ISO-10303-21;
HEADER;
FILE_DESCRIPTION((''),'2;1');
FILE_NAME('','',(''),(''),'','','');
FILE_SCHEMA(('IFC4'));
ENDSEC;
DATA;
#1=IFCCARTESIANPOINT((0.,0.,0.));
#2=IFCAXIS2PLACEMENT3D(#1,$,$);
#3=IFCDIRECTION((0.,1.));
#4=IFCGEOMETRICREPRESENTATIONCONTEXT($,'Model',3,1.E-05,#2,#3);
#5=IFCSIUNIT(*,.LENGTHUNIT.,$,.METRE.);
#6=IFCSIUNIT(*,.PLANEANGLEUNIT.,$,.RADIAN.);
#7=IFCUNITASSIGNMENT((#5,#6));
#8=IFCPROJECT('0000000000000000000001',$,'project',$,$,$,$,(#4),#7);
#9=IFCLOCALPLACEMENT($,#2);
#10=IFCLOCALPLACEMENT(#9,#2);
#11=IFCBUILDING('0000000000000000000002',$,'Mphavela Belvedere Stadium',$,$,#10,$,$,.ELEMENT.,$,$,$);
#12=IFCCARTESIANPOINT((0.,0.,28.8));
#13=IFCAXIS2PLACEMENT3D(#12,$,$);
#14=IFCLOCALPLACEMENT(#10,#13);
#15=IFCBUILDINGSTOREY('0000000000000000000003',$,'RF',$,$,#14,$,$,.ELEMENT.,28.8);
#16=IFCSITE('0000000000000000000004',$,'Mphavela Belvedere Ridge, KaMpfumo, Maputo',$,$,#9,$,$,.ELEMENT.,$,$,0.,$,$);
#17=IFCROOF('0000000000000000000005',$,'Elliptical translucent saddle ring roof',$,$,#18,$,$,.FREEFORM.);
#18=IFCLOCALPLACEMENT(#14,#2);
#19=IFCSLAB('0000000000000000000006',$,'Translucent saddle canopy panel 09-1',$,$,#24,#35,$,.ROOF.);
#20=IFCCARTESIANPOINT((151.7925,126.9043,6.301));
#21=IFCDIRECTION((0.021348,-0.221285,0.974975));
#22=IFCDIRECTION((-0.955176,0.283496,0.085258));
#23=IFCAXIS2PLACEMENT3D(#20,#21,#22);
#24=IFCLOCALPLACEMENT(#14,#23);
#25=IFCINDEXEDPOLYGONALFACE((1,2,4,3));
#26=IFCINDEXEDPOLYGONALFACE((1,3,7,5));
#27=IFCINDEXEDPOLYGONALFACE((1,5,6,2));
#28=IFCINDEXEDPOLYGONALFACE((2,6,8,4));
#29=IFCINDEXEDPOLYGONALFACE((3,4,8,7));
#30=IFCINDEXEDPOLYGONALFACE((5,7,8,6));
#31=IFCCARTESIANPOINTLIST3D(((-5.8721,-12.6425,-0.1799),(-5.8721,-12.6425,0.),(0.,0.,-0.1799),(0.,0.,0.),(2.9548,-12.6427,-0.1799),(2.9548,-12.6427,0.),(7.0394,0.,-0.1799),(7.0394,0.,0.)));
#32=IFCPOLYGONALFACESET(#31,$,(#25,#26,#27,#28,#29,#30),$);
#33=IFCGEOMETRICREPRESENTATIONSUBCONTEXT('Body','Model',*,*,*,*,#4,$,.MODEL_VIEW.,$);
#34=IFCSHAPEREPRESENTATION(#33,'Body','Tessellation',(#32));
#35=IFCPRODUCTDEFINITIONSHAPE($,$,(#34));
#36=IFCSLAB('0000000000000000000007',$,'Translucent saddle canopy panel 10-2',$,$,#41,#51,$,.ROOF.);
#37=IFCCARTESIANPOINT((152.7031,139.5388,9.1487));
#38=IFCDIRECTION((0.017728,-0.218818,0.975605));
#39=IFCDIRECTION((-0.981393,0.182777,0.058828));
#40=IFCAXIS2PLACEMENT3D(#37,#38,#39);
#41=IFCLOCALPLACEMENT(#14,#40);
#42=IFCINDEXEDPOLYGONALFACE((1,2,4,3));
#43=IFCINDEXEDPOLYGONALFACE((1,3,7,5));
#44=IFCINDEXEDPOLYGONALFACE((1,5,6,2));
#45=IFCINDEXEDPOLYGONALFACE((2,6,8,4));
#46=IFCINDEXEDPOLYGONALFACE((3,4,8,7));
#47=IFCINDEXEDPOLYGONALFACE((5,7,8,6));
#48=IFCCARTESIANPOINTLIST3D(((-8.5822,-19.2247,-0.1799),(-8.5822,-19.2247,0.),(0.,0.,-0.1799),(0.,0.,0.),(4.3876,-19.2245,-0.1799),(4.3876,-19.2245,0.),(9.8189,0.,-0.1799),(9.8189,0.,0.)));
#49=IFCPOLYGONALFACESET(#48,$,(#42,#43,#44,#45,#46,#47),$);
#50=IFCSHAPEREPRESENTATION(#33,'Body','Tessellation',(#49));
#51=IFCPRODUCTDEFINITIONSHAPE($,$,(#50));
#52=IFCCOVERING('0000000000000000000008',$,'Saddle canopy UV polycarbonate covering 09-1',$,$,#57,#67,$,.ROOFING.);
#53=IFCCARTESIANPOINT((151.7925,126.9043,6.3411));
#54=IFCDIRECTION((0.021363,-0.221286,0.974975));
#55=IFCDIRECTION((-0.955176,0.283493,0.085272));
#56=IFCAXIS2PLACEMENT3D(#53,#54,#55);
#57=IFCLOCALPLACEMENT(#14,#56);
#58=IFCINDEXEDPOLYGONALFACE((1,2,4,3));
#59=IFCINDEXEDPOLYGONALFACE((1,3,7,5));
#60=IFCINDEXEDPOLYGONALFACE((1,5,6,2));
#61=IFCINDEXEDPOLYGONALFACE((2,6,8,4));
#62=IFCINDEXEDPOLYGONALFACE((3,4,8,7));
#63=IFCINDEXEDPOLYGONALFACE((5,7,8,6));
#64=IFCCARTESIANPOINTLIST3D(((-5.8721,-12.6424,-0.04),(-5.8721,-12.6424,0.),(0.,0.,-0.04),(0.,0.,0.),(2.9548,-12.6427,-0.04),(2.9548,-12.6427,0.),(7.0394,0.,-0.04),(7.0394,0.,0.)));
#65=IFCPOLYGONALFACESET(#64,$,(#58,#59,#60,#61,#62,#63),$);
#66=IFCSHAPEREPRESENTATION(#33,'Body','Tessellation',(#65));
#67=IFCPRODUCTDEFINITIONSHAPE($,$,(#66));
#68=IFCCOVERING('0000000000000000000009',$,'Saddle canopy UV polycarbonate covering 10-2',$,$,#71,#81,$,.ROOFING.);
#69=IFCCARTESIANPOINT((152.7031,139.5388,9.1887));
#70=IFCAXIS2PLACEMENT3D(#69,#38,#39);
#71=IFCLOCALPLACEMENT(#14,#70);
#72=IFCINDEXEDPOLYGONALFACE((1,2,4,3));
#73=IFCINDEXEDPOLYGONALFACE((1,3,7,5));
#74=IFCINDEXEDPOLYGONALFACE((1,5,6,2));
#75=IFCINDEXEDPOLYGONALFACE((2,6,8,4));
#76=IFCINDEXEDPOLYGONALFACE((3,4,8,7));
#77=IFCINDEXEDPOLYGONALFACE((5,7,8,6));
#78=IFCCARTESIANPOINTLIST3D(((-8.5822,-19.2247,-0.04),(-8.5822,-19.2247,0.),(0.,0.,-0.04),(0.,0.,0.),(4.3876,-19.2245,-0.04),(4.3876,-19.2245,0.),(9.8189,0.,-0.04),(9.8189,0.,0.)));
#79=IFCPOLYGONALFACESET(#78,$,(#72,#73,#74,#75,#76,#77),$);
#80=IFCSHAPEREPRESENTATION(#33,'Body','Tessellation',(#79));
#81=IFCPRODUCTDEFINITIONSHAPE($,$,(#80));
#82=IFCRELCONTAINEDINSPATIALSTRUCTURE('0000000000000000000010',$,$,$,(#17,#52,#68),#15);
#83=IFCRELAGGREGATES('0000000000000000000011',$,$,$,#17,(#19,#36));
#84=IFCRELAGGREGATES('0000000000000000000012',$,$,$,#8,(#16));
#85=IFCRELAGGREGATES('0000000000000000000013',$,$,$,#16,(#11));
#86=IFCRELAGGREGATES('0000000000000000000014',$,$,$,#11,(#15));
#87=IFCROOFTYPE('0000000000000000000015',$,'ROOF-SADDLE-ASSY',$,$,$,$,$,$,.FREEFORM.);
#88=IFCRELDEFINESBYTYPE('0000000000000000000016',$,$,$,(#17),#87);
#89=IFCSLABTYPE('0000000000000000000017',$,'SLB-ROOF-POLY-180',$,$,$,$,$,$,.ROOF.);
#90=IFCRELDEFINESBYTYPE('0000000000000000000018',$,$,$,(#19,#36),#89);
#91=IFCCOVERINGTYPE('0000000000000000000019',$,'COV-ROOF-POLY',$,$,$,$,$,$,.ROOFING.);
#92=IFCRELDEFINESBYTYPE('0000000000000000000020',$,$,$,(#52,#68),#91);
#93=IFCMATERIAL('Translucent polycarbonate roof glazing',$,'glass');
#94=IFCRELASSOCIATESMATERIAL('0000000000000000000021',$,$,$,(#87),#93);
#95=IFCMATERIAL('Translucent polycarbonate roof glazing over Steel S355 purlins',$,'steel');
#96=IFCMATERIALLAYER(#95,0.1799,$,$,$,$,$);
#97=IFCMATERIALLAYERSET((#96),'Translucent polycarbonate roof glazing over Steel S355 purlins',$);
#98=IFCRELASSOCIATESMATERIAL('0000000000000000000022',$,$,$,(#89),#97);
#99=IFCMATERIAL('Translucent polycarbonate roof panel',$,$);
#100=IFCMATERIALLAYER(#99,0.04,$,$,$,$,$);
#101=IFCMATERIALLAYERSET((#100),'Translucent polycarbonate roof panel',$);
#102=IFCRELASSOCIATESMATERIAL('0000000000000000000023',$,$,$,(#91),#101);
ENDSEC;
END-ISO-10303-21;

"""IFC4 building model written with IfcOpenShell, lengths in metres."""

from ifc_helpers import new_model, si_unit, direction, frame, origin, place, context, subcontext, project, spatial, polyline, outline, extrude, material, layer, layer_set, type_object, element, aggregate, save


model = new_model("IFC4")

# Units and contexts
model_context = context("Model", 3, precision=1e-05, world=origin(), true_north=direction((0.0, 1.0)))
body_context = subcontext(model_context, "Body", "Model", "MODEL_VIEW")
ifc_project = project(units=[si_unit("LENGTHUNIT", "METRE"), si_unit("PLANEANGLEUNIT", "RADIAN")], contexts=[model_context])

# Site, building, storey
site_placement = place(None, origin())
site = spatial("IfcSite", under=ifc_project, at=site_placement, Name="Mphavela Belvedere Ridge, KaMpfumo, Maputo", CompositionType="ELEMENT", RefElevation=0.0)
building_placement = place(site_placement, origin())
building = spatial("IfcBuilding", under=site, at=building_placement, Name="Mphavela Belvedere Stadium", CompositionType="ELEMENT")
storey_placement = place(building_placement, frame((0.0, 0.0, 28.8)))
storey = spatial("IfcBuildingStorey", under=building, at=storey_placement, Name="RF", CompositionType="ELEMENT", Elevation=28.8)

# Roof, slabs
ifc_material_1 = material(Name="Translucent polycarbonate roof glazing", Category="glass")
roof_type = type_object("IfcRoofType", Name="ROOF-SADDLE-ASSY", PredefinedType="FREEFORM", material=ifc_material_1)
roof_placement = place(storey_placement, origin())
roof = element("IfcRoof", 1, at=roof_placement, inside=storey, type_object=roof_type, Name="Elliptical translucent saddle ring roof", PredefinedType="FREEFORM")
ifc_material_2 = material(Name="Translucent polycarbonate roof glazing over Steel S355 purlins", Category="steel")
ifc_layer_1 = layer(ifc_material_2, 0.1799)
ifc_layer_set_1 = layer_set([ifc_layer_1], Name="Translucent polycarbonate roof glazing over Steel S355 purlins")
slab_type = type_object("IfcSlabType", Name="SLB-ROOF-POLY-180", PredefinedType="ROOF", material=ifc_layer_set_1)
slab_1_placement = place(storey_placement, frame((151.7925, 126.9043, 6.301), z_axis=(0.021348, -0.221285, 0.974975), x_axis=(-0.955176, 0.283496, 0.085258)))
slab_1 = element("IfcSlab", 2, at=slab_1_placement, type_object=slab_type, Name="Translucent saddle canopy panel 09-1", PredefinedType="ROOF", context=body_context, shape_type="SweptSolid", body=[
    extrude(outline(polyline([(0.0, 0.0), (7.0394, 0.0), (2.9548, -12.6427), (-5.8721, -12.6425), (0.0, 0.0)])), origin(), (0.0, 0.0, -1.0), 0.1799),
])
slab_2_placement = place(storey_placement, frame((152.7031, 139.5388, 9.1487), z_axis=(0.017728, -0.218818, 0.975605), x_axis=(-0.981393, 0.182777, 0.058828)))
slab_2 = element("IfcSlab", 3, at=slab_2_placement, type_object=slab_type, Name="Translucent saddle canopy panel 10-2", PredefinedType="ROOF", context=body_context, shape_type="SweptSolid", body=[
    extrude(outline(polyline([(0.0, 0.0), (9.8189, 0.0), (4.3876, -19.2245), (-8.5822, -19.2247), (0.0, 0.0)])), origin(), (0.0, 0.0, -1.0), 0.1799),
])
aggregate(roof, [slab_1, slab_2])

# Coverings
ifc_material_3 = material(Name="Translucent polycarbonate roof panel")
ifc_layer_2 = layer(ifc_material_3, 0.04)
ifc_layer_set_2 = layer_set([ifc_layer_2], Name="Translucent polycarbonate roof panel")
covering_type = type_object("IfcCoveringType", Name="COV-ROOF-POLY", PredefinedType="ROOFING", material=ifc_layer_set_2)
covering_1_placement = place(storey_placement, frame((151.7925, 126.9043, 6.3411), z_axis=(0.021363, -0.221286, 0.974975), x_axis=(-0.955176, 0.283493, 0.085272)))
element("IfcCovering", 4, at=covering_1_placement, inside=storey, type_object=covering_type, Name="Saddle canopy UV polycarbonate covering 09-1", PredefinedType="ROOFING", context=body_context, shape_type="SweptSolid", body=[
    extrude(outline(polyline([(0.0, 0.0), (7.0394, 0.0), (2.9548, -12.6427), (-5.8721, -12.6424), (0.0, 0.0)])), origin(), (0.0, 0.0, -1.0), 0.04),
])
covering_2_placement = place(storey_placement, frame((152.7031, 139.5388, 9.1887), z_axis=(0.017728, -0.218818, 0.975605), x_axis=(-0.981393, 0.182777, 0.058828)))
element("IfcCovering", 5, at=covering_2_placement, inside=storey, type_object=covering_type, Name="Saddle canopy UV polycarbonate covering 10-2", PredefinedType="ROOFING", context=body_context, shape_type="SweptSolid", body=[
    extrude(outline(polyline([(0.0, 0.0), (9.8189, 0.0), (4.3876, -19.2245), (-8.5822, -19.2247), (0.0, 0.0)])), origin(), (0.0, 0.0, -1.0), 0.04),
])

save(model, "model.ifc")
